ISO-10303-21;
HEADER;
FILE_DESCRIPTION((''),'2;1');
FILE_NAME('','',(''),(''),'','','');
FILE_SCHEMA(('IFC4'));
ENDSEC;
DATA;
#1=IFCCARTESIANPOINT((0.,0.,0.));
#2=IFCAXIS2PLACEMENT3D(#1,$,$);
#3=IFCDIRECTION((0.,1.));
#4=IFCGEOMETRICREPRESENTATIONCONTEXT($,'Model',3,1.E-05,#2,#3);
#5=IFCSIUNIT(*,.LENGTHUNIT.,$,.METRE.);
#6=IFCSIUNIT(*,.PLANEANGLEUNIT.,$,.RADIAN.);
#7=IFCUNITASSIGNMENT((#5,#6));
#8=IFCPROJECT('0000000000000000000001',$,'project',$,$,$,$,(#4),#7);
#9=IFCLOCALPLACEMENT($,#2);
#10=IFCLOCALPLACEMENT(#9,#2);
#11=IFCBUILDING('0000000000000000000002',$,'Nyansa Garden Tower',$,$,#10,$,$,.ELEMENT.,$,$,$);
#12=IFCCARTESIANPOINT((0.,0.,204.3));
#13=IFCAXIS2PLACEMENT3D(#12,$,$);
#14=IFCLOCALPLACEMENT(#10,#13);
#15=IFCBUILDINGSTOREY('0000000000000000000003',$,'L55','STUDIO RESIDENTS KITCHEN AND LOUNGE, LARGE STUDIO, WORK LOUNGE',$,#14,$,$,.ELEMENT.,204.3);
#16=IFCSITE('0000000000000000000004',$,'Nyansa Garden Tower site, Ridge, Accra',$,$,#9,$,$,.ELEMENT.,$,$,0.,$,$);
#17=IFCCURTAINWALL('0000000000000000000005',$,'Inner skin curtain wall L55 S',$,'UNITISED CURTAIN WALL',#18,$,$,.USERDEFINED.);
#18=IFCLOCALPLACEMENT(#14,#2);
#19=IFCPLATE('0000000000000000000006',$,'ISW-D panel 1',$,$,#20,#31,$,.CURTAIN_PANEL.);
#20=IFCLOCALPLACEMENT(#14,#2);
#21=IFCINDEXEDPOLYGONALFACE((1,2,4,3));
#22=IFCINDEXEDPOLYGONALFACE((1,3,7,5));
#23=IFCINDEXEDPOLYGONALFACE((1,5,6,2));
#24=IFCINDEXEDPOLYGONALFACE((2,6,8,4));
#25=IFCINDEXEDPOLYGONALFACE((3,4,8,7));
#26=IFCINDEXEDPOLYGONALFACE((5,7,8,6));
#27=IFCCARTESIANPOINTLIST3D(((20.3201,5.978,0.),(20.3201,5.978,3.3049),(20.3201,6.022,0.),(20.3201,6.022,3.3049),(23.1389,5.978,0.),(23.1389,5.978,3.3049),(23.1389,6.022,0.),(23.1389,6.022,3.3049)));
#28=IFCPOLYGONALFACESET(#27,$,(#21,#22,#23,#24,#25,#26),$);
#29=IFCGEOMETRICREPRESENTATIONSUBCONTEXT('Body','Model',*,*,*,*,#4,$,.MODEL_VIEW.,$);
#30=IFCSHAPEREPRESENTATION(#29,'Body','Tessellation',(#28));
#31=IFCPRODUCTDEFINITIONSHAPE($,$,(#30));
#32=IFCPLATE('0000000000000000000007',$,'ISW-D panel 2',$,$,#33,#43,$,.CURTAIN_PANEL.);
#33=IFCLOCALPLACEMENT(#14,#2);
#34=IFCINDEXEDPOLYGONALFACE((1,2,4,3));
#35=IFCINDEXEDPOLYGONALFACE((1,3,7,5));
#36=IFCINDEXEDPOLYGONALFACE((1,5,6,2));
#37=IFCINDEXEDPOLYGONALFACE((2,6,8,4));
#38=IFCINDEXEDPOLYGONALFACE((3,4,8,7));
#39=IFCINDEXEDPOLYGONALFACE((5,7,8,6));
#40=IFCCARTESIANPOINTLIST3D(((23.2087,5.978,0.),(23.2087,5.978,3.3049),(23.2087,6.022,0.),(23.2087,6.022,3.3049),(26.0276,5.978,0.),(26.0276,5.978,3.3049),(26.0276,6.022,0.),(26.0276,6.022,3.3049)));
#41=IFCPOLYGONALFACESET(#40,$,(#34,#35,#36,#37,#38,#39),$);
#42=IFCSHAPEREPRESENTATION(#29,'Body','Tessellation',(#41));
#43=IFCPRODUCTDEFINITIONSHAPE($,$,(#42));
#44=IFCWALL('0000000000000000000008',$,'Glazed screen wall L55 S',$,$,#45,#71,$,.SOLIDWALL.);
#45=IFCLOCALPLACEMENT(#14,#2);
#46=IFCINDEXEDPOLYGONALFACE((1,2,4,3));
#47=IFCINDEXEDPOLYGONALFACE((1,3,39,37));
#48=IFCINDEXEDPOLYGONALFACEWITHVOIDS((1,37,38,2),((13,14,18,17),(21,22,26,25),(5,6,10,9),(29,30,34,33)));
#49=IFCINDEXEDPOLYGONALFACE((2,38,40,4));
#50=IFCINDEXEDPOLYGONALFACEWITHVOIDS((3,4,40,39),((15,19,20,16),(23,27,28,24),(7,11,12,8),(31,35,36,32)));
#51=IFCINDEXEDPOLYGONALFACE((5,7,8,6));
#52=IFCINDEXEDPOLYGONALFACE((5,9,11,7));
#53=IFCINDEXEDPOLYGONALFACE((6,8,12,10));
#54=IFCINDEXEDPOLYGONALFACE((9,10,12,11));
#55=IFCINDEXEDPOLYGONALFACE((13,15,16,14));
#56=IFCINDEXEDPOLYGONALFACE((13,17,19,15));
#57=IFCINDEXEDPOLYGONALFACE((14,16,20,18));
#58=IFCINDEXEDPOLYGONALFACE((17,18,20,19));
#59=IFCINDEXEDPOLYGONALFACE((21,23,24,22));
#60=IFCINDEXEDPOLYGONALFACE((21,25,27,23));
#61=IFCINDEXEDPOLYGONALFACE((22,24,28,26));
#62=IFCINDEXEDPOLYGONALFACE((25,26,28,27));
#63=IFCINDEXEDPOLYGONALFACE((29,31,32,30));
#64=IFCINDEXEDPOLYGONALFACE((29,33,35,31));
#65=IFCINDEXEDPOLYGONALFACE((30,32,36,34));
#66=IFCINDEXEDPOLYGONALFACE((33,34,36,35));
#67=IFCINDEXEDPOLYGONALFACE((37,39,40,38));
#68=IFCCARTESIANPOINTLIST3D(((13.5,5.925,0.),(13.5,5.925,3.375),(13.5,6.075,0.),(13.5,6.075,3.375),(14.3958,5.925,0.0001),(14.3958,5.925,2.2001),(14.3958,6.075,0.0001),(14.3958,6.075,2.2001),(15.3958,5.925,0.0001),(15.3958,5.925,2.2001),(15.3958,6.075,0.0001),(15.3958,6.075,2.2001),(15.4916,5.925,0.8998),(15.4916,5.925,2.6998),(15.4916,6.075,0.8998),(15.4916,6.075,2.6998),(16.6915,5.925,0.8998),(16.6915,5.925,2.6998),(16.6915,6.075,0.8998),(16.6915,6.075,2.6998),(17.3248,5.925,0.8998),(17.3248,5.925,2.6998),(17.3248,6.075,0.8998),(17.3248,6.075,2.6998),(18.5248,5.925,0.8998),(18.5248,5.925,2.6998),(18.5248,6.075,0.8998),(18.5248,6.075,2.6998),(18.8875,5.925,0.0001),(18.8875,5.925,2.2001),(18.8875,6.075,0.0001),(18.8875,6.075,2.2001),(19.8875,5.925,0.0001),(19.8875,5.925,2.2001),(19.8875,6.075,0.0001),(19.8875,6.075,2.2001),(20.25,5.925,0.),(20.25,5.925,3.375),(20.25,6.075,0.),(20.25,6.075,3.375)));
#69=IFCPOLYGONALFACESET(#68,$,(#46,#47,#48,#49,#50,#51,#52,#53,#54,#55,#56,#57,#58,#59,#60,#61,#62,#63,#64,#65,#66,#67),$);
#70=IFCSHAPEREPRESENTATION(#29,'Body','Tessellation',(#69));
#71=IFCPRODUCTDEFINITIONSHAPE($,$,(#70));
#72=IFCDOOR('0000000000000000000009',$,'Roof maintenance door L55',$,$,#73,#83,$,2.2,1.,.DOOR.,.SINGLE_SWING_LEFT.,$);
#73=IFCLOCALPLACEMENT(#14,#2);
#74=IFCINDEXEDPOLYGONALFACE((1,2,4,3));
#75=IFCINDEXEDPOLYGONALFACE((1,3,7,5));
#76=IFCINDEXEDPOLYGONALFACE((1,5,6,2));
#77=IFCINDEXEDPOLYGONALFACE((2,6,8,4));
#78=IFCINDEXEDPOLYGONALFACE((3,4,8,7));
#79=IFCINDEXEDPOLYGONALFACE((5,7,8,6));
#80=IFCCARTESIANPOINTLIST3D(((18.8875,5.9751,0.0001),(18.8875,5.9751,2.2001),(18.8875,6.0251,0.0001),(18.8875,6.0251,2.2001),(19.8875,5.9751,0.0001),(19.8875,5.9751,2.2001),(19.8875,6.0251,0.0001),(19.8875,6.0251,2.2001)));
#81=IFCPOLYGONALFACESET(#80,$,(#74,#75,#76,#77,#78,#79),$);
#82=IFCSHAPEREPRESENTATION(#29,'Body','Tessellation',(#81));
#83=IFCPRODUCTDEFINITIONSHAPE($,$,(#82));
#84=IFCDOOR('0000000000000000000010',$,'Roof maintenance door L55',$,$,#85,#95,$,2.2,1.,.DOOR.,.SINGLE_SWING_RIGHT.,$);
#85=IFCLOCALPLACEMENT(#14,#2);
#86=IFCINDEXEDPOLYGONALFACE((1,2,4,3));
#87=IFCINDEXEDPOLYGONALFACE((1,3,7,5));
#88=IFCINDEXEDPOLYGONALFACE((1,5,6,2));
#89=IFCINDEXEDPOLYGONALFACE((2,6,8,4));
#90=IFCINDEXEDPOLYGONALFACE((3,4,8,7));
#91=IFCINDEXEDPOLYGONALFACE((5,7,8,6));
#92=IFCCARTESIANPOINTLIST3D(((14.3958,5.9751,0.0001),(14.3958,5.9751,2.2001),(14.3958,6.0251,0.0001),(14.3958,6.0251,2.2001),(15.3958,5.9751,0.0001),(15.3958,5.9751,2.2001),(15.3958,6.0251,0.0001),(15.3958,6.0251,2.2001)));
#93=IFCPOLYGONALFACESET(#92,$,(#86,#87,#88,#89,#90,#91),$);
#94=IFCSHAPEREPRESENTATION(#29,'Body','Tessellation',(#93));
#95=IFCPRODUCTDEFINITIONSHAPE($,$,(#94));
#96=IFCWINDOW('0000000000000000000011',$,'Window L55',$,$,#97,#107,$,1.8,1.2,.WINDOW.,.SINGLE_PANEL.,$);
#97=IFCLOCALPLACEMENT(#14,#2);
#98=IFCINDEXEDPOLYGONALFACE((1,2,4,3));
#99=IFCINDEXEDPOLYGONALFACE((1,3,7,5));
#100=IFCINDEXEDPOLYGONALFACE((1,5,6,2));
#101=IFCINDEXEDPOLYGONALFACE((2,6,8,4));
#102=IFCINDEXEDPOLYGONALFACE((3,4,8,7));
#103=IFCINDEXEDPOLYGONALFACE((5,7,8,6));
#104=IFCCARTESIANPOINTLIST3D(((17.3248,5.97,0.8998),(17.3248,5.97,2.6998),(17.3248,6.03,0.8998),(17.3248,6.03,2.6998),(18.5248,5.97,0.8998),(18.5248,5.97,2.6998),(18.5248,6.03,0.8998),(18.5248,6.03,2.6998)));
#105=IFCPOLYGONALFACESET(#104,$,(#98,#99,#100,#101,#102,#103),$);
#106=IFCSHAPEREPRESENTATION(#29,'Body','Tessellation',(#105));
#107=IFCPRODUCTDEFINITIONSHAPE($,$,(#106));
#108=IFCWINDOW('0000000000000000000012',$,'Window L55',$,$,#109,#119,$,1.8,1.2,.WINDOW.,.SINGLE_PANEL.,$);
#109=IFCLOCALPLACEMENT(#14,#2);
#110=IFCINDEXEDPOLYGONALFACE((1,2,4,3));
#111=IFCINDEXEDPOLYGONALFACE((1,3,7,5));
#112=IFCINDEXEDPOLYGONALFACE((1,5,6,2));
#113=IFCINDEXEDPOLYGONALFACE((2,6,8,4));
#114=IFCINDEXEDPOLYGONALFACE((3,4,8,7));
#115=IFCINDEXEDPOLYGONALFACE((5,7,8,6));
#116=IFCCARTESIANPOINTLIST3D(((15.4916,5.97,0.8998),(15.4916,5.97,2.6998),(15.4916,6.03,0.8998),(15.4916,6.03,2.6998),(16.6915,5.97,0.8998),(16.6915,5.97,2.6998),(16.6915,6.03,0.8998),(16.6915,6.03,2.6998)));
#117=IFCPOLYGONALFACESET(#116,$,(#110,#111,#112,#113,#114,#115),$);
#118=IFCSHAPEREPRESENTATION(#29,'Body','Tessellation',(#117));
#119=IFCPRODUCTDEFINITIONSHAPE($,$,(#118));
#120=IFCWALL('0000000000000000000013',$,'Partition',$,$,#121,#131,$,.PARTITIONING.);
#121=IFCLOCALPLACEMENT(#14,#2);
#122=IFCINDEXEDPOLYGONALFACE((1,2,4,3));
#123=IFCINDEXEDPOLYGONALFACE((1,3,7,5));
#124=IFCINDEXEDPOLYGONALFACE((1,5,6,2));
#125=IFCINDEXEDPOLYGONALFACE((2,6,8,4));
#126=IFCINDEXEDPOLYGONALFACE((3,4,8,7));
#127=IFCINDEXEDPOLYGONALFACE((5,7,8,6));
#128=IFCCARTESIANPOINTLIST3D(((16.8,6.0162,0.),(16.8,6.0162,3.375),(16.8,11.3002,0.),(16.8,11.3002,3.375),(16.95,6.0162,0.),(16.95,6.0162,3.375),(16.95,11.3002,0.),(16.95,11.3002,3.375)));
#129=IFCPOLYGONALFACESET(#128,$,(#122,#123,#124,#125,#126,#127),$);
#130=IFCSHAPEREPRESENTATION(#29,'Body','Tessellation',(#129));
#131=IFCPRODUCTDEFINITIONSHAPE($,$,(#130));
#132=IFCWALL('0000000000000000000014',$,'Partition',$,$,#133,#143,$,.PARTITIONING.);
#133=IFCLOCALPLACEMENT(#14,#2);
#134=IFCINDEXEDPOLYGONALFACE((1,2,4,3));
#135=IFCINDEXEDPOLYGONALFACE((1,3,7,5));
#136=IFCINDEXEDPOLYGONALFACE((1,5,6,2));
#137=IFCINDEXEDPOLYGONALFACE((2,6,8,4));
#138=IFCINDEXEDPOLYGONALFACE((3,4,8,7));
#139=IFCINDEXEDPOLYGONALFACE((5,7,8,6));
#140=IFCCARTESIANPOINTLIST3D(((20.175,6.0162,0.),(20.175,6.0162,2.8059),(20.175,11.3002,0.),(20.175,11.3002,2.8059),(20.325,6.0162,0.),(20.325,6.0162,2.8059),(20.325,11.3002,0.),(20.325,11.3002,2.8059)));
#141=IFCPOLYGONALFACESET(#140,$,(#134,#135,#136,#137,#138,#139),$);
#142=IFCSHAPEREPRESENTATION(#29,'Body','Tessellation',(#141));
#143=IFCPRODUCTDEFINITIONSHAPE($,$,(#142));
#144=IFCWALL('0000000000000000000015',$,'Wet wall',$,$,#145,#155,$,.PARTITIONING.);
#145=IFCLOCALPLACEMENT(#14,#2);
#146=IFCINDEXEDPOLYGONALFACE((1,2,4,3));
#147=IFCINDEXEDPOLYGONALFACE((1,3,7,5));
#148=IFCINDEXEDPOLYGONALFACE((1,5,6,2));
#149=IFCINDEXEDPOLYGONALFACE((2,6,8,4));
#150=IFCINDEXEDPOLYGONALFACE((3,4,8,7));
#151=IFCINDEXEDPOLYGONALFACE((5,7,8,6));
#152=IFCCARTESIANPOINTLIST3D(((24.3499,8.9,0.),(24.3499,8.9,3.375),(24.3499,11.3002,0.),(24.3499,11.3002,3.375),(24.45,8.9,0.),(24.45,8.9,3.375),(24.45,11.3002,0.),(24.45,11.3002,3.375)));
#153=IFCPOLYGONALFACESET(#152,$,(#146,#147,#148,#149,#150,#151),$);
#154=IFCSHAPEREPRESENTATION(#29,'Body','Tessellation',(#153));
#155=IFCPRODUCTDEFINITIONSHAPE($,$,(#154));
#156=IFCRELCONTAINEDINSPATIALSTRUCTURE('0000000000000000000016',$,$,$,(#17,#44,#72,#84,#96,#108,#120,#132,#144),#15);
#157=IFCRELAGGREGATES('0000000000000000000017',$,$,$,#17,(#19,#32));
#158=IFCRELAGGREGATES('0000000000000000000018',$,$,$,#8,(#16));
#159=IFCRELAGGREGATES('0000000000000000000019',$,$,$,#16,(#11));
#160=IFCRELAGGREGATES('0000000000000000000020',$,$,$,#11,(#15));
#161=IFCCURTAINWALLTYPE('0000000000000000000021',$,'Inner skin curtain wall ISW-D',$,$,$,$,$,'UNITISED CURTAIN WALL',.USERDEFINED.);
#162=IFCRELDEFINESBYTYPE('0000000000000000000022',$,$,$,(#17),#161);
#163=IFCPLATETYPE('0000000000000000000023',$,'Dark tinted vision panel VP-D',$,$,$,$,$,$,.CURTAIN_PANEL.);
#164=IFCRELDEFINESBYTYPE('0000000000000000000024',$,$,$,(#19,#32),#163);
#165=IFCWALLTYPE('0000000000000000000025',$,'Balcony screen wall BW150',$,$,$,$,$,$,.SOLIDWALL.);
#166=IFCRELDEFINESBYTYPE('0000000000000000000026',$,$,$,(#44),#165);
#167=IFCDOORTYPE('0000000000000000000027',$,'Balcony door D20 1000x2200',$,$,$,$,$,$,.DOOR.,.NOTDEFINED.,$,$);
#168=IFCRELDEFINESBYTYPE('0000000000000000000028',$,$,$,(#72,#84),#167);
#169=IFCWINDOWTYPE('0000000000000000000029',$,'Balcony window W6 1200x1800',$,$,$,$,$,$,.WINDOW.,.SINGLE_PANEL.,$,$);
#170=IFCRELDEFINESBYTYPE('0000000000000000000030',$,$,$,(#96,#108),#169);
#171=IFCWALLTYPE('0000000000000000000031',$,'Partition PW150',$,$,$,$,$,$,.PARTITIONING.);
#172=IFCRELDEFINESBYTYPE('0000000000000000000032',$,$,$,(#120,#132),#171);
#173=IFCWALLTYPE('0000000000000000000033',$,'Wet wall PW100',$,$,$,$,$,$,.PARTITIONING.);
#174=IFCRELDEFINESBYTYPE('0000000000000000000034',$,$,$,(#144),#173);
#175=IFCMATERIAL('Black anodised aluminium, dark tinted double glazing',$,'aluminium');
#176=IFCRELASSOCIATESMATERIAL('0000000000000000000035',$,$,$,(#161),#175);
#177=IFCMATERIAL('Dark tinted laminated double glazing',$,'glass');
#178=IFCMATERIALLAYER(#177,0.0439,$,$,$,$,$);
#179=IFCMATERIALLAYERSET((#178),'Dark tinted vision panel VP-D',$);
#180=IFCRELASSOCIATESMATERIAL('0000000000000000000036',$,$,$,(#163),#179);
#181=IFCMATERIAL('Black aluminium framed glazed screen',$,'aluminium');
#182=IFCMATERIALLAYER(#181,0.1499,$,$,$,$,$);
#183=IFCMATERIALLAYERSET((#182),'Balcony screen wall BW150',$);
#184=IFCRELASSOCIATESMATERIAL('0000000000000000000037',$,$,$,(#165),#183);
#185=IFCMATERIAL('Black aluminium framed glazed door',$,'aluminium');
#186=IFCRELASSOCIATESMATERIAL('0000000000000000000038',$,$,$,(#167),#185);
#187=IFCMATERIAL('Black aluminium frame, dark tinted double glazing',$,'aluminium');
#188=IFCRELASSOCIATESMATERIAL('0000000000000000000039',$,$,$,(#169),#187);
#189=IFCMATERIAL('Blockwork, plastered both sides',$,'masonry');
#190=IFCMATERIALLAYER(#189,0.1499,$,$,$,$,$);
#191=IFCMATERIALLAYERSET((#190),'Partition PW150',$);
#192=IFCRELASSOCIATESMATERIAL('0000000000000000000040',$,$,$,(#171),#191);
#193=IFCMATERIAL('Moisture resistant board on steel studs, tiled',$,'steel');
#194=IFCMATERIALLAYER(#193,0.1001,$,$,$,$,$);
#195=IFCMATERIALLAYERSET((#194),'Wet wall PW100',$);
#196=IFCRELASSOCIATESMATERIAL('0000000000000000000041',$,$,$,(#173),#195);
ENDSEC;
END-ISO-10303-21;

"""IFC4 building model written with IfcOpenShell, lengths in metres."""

from ifc_helpers import new_model, si_unit, direction, frame, frame_2d, origin, origin_2d, place, context, subcontext, project, spatial, rectangle, extrude, material, layer, layer_set, type_object, element, fill, aggregate, save


model = new_model("IFC4")

# Units and contexts
model_context = context("Model", 3, precision=1e-05, world=origin(), true_north=direction((0.0, 1.0)))
body_context = subcontext(model_context, "Body", "Model", "MODEL_VIEW")
ifc_project = project(units=[si_unit("LENGTHUNIT", "METRE"), si_unit("PLANEANGLEUNIT", "RADIAN")], contexts=[model_context])

# Site, building, storey
site_placement = place(None, origin())
site = spatial("IfcSite", under=ifc_project, at=site_placement, Name="Nyansa Garden Tower site, Ridge, Accra", CompositionType="ELEMENT", RefElevation=0.0)
building_placement = place(site_placement, origin())
building = spatial("IfcBuilding", under=site, at=building_placement, Name="Nyansa Garden Tower", CompositionType="ELEMENT")
storey_placement = place(building_placement, frame((0.0, 0.0, 204.3)))
storey = spatial("IfcBuildingStorey", under=building, at=storey_placement, Name="L55", Description="STUDIO RESIDENTS KITCHEN AND LOUNGE, LARGE STUDIO, WORK LOUNGE", CompositionType="ELEMENT", Elevation=204.3)

# Curtain wall
ifc_material_1 = material(Name="Black anodised aluminium, dark tinted double glazing", Category="aluminium")
curtain_wall_type = type_object("IfcCurtainWallType", Name="Inner skin curtain wall ISW-D", ElementType="UNITISED CURTAIN WALL", PredefinedType="USERDEFINED", material=ifc_material_1)
curtain_wall_placement = place(storey_placement, origin())
curtain_wall = element("IfcCurtainWall", 1, at=curtain_wall_placement, inside=storey, type_object=curtain_wall_type, Name="Inner skin curtain wall L55 S", ObjectType="UNITISED CURTAIN WALL", PredefinedType="USERDEFINED")

# Plates
ifc_material_2 = material(Name="Dark tinted laminated double glazing", Category="glass")
ifc_layer_1 = layer(ifc_material_2, 0.0439)
ifc_layer_set_1 = layer_set([ifc_layer_1], Name="Dark tinted vision panel VP-D")
plate_type = type_object("IfcPlateType", Name="Dark tinted vision panel VP-D", PredefinedType="CURTAIN_PANEL", material=ifc_layer_set_1)
plate_1_placement = place(storey_placement, frame((21.7295, 6.0, 0.0), z_axis=(0.0, 0.0, 1.0), x_axis=(1.0, 0.0, 0.0)))
plate_1 = element("IfcPlate", 2, at=plate_1_placement, type_object=plate_type, Name="ISW-D panel 1", PredefinedType="CURTAIN_PANEL", context=body_context, shape_type="SweptSolid", body=[
    extrude(rectangle(XDim=2.8188, YDim=0.0439, at=origin_2d()), origin(), (0.0, 0.0, 1.0), 3.3049),
])
plate_2_placement = place(storey_placement, frame((24.6182, 6.0, 0.0), z_axis=(0.0, 0.0, 1.0), x_axis=(1.0, 0.0, 0.0)))
plate_2 = element("IfcPlate", 3, at=plate_2_placement, type_object=plate_type, Name="ISW-D panel 2", PredefinedType="CURTAIN_PANEL", context=body_context, shape_type="SweptSolid", body=[
    extrude(rectangle(XDim=2.8188, YDim=0.0439, at=origin_2d()), origin(), (0.0, 0.0, 1.0), 3.3049),
])
aggregate(curtain_wall, [plate_1, plate_2])

# Wall, openings, doors, windows
ifc_material_3 = material(Name="Black aluminium framed glazed screen", Category="aluminium")
ifc_layer_2 = layer(ifc_material_3, 0.1499)
ifc_layer_set_2 = layer_set([ifc_layer_2], Name="Balcony screen wall BW150")
wall_type_1 = type_object("IfcWallType", Name="Balcony screen wall BW150", PredefinedType="SOLIDWALL", material=ifc_layer_set_2)
wall_1_placement = place(storey_placement, frame((20.25, 6.0, 0.0), z_axis=(0.0, 0.0, 1.0), x_axis=(-1.0, 0.0, 0.0)))
wall_1 = element("IfcWall", 4, at=wall_1_placement, inside=storey, type_object=wall_type_1, Name="Glazed screen wall L55 S", PredefinedType="SOLIDWALL", context=body_context, shape_type="SweptSolid", body=[
    extrude(rectangle(XDim=6.75, YDim=0.1499, at=frame_2d((3.375, 0.0))), origin(), (0.0, 0.0, 1.0), 3.375),
])
opening_1_placement = place(wall_1_placement, frame((0.3625, 0.0, 0.0)))
opening_1 = element("IfcOpeningElement", 5, at=opening_1_placement, cuts=wall_1, PredefinedType="OPENING", context=body_context, shape_type="SweptSolid", body=[
    extrude(rectangle(XDim=1.0, YDim=2.2, at=frame_2d((0.5, 1.1001))), frame((0.0, 0.085, 0.0), z_axis=(0.0, -1.0, 0.0), x_axis=(1.0, 0.0, 0.0)), (0.0, 0.0, 1.0), 0.1699),
])
opening_2_placement = place(wall_1_placement, frame((1.7251, 0.0, 0.8999)))
opening_2 = element("IfcOpeningElement", 6, at=opening_2_placement, cuts=wall_1, PredefinedType="OPENING", context=body_context, shape_type="SweptSolid", body=[
    extrude(rectangle(XDim=1.2, YDim=1.8, at=frame_2d((0.6001, 0.8999))), frame((0.0, 0.085, 0.0), z_axis=(0.0, -1.0, 0.0), x_axis=(1.0, 0.0, 0.0)), (0.0, 0.0, 1.0), 0.1699),
])
opening_3_placement = place(wall_1_placement, frame((4.8542, 0.0, 0.0)))
opening_3 = element("IfcOpeningElement", 7, at=opening_3_placement, cuts=wall_1, PredefinedType="OPENING", context=body_context, shape_type="SweptSolid", body=[
    extrude(rectangle(XDim=1.0, YDim=2.2, at=frame_2d((0.5, 1.1001))), frame((0.0, 0.085, 0.0), z_axis=(0.0, -1.0, 0.0), x_axis=(1.0, 0.0, 0.0)), (0.0, 0.0, 1.0), 0.1699),
])
opening_4_placement = place(wall_1_placement, frame((3.5583, 0.0, 0.8999)))
opening_4 = element("IfcOpeningElement", 8, at=opening_4_placement, cuts=wall_1, PredefinedType="OPENING", context=body_context, shape_type="SweptSolid", body=[
    extrude(rectangle(XDim=1.2, YDim=1.8, at=frame_2d((0.6001, 0.8999))), frame((0.0, 0.085, 0.0), z_axis=(0.0, -1.0, 0.0), x_axis=(1.0, 0.0, 0.0)), (0.0, 0.0, 1.0), 0.1699),
])
ifc_material_4 = material(Name="Black aluminium framed glazed door", Category="aluminium")
door_type_1 = type_object("IfcDoorType", Name="Balcony door D20 1000x2200", OperationType="NOTDEFINED", PredefinedType="DOOR", material=ifc_material_4)
door_1_placement = place(opening_1_placement, origin())
door_1 = element("IfcDoor", 9, at=door_1_placement, inside=storey, type_object=door_type_1, Name="Roof maintenance door L55", OperationType="SINGLE_SWING_LEFT", OverallHeight=2.2, OverallWidth=1.0, PredefinedType="DOOR", context=body_context, shape_type="SweptSolid", body=[
    extrude(rectangle(XDim=1.0, YDim=2.2, at=frame_2d((0.5, 1.1001))), frame((0.0, 0.0249, 0.0), z_axis=(0.0, -1.0, 0.0), x_axis=(1.0, 0.0, 0.0)), (0.0, 0.0, 1.0), 0.05),
])
fill(opening_1, door_1)
door_2_placement = place(opening_3_placement, origin())
door_2 = element("IfcDoor", 10, at=door_2_placement, inside=storey, type_object=door_type_1, Name="Roof maintenance door L55", OperationType="SINGLE_SWING_RIGHT", OverallHeight=2.2, OverallWidth=1.0, PredefinedType="DOOR", context=body_context, shape_type="SweptSolid", body=[
    extrude(rectangle(XDim=1.0, YDim=2.2, at=frame_2d((0.5, 1.1001))), frame((0.0, 0.0249, 0.0), z_axis=(0.0, -1.0, 0.0), x_axis=(1.0, 0.0, 0.0)), (0.0, 0.0, 1.0), 0.05),
])
fill(opening_3, door_2)
ifc_material_5 = material(Name="Black aluminium frame, dark tinted double glazing", Category="aluminium")
window_type = type_object("IfcWindowType", Name="Balcony window W6 1200x1800", PartitioningType="SINGLE_PANEL", PredefinedType="WINDOW", material=ifc_material_5)
window_1_placement = place(opening_2_placement, origin())
window_1 = element("IfcWindow", 11, at=window_1_placement, inside=storey, type_object=window_type, Name="Window L55", OverallHeight=1.8, OverallWidth=1.2, PartitioningType="SINGLE_PANEL", PredefinedType="WINDOW", context=body_context, shape_type="SweptSolid", body=[
    extrude(rectangle(XDim=1.2, YDim=1.8, at=frame_2d((0.6001, 0.8999))), frame((0.0, 0.03, 0.0), z_axis=(0.0, -1.0, 0.0), x_axis=(1.0, 0.0, 0.0)), (0.0, 0.0, 1.0), 0.0601),
])
fill(opening_2, window_1)
window_2_placement = place(opening_4_placement, origin())
window_2 = element("IfcWindow", 12, at=window_2_placement, inside=storey, type_object=window_type, Name="Window L55", OverallHeight=1.8, OverallWidth=1.2, PartitioningType="SINGLE_PANEL", PredefinedType="WINDOW", context=body_context, shape_type="SweptSolid", body=[
    extrude(rectangle(XDim=1.2, YDim=1.8, at=frame_2d((0.6001, 0.8999))), frame((0.0, 0.03, 0.0), z_axis=(0.0, -1.0, 0.0), x_axis=(1.0, 0.0, 0.0)), (0.0, 0.0, 1.0), 0.0601),
])
fill(opening_4, window_2)

# Walls
ifc_material_6 = material(Name="Blockwork, plastered both sides", Category="masonry")
ifc_layer_3 = layer(ifc_material_6, 0.1499)
ifc_layer_set_3 = layer_set([ifc_layer_3], Name="Partition PW150")
wall_type_2 = type_object("IfcWallType", Name="Partition PW150", PredefinedType="PARTITIONING", material=ifc_layer_set_3)
wall_2_placement = place(storey_placement, frame((16.875, 6.0161, 0.0), z_axis=(0.0, 0.0, 1.0), x_axis=(0.0, 1.0, 0.0)))
element("IfcWall", 13, at=wall_2_placement, inside=storey, type_object=wall_type_2, Name="Partition", PredefinedType="PARTITIONING", context=body_context, shape_type="SweptSolid", body=[
    extrude(rectangle(XDim=5.2839, YDim=0.1499, at=frame_2d((2.6421, 0.0))), origin(), (0.0, 0.0, 1.0), 3.375),
])
wall_3_placement = place(storey_placement, frame((20.25, 6.0161, 0.0), z_axis=(0.0, 0.0, 1.0), x_axis=(0.0, 1.0, 0.0)))
element("IfcWall", 14, at=wall_3_placement, inside=storey, type_object=wall_type_2, Name="Partition", PredefinedType="PARTITIONING", context=body_context, shape_type="SweptSolid", body=[
    extrude(rectangle(XDim=5.2839, YDim=0.1499, at=frame_2d((2.6421, 0.0))), origin(), (0.0, 0.0, 1.0), 2.8059),
])
ifc_material_7 = material(Name="Moisture resistant board on steel studs, tiled", Category="steel")
ifc_layer_4 = layer(ifc_material_7, 0.1001)
ifc_layer_set_4 = layer_set([ifc_layer_4], Name="Wet wall PW100")
wall_type_3 = type_object("IfcWallType", Name="Wet wall PW100", PredefinedType="PARTITIONING", material=ifc_layer_set_4)
wall_4_placement = place(storey_placement, frame((24.3999, 8.8999, 0.0), z_axis=(0.0, 0.0, 1.0), x_axis=(0.0, 1.0, 0.0)))
element("IfcWall", 15, at=wall_4_placement, inside=storey, type_object=wall_type_3, Name="Wet wall", PredefinedType="PARTITIONING", context=body_context, shape_type="SweptSolid", body=[
    extrude(rectangle(XDim=2.4001, YDim=0.1001, at=frame_2d((1.2002, 0.0))), origin(), (0.0, 0.0, 1.0), 3.375),
])

save(model, "model.ifc")
